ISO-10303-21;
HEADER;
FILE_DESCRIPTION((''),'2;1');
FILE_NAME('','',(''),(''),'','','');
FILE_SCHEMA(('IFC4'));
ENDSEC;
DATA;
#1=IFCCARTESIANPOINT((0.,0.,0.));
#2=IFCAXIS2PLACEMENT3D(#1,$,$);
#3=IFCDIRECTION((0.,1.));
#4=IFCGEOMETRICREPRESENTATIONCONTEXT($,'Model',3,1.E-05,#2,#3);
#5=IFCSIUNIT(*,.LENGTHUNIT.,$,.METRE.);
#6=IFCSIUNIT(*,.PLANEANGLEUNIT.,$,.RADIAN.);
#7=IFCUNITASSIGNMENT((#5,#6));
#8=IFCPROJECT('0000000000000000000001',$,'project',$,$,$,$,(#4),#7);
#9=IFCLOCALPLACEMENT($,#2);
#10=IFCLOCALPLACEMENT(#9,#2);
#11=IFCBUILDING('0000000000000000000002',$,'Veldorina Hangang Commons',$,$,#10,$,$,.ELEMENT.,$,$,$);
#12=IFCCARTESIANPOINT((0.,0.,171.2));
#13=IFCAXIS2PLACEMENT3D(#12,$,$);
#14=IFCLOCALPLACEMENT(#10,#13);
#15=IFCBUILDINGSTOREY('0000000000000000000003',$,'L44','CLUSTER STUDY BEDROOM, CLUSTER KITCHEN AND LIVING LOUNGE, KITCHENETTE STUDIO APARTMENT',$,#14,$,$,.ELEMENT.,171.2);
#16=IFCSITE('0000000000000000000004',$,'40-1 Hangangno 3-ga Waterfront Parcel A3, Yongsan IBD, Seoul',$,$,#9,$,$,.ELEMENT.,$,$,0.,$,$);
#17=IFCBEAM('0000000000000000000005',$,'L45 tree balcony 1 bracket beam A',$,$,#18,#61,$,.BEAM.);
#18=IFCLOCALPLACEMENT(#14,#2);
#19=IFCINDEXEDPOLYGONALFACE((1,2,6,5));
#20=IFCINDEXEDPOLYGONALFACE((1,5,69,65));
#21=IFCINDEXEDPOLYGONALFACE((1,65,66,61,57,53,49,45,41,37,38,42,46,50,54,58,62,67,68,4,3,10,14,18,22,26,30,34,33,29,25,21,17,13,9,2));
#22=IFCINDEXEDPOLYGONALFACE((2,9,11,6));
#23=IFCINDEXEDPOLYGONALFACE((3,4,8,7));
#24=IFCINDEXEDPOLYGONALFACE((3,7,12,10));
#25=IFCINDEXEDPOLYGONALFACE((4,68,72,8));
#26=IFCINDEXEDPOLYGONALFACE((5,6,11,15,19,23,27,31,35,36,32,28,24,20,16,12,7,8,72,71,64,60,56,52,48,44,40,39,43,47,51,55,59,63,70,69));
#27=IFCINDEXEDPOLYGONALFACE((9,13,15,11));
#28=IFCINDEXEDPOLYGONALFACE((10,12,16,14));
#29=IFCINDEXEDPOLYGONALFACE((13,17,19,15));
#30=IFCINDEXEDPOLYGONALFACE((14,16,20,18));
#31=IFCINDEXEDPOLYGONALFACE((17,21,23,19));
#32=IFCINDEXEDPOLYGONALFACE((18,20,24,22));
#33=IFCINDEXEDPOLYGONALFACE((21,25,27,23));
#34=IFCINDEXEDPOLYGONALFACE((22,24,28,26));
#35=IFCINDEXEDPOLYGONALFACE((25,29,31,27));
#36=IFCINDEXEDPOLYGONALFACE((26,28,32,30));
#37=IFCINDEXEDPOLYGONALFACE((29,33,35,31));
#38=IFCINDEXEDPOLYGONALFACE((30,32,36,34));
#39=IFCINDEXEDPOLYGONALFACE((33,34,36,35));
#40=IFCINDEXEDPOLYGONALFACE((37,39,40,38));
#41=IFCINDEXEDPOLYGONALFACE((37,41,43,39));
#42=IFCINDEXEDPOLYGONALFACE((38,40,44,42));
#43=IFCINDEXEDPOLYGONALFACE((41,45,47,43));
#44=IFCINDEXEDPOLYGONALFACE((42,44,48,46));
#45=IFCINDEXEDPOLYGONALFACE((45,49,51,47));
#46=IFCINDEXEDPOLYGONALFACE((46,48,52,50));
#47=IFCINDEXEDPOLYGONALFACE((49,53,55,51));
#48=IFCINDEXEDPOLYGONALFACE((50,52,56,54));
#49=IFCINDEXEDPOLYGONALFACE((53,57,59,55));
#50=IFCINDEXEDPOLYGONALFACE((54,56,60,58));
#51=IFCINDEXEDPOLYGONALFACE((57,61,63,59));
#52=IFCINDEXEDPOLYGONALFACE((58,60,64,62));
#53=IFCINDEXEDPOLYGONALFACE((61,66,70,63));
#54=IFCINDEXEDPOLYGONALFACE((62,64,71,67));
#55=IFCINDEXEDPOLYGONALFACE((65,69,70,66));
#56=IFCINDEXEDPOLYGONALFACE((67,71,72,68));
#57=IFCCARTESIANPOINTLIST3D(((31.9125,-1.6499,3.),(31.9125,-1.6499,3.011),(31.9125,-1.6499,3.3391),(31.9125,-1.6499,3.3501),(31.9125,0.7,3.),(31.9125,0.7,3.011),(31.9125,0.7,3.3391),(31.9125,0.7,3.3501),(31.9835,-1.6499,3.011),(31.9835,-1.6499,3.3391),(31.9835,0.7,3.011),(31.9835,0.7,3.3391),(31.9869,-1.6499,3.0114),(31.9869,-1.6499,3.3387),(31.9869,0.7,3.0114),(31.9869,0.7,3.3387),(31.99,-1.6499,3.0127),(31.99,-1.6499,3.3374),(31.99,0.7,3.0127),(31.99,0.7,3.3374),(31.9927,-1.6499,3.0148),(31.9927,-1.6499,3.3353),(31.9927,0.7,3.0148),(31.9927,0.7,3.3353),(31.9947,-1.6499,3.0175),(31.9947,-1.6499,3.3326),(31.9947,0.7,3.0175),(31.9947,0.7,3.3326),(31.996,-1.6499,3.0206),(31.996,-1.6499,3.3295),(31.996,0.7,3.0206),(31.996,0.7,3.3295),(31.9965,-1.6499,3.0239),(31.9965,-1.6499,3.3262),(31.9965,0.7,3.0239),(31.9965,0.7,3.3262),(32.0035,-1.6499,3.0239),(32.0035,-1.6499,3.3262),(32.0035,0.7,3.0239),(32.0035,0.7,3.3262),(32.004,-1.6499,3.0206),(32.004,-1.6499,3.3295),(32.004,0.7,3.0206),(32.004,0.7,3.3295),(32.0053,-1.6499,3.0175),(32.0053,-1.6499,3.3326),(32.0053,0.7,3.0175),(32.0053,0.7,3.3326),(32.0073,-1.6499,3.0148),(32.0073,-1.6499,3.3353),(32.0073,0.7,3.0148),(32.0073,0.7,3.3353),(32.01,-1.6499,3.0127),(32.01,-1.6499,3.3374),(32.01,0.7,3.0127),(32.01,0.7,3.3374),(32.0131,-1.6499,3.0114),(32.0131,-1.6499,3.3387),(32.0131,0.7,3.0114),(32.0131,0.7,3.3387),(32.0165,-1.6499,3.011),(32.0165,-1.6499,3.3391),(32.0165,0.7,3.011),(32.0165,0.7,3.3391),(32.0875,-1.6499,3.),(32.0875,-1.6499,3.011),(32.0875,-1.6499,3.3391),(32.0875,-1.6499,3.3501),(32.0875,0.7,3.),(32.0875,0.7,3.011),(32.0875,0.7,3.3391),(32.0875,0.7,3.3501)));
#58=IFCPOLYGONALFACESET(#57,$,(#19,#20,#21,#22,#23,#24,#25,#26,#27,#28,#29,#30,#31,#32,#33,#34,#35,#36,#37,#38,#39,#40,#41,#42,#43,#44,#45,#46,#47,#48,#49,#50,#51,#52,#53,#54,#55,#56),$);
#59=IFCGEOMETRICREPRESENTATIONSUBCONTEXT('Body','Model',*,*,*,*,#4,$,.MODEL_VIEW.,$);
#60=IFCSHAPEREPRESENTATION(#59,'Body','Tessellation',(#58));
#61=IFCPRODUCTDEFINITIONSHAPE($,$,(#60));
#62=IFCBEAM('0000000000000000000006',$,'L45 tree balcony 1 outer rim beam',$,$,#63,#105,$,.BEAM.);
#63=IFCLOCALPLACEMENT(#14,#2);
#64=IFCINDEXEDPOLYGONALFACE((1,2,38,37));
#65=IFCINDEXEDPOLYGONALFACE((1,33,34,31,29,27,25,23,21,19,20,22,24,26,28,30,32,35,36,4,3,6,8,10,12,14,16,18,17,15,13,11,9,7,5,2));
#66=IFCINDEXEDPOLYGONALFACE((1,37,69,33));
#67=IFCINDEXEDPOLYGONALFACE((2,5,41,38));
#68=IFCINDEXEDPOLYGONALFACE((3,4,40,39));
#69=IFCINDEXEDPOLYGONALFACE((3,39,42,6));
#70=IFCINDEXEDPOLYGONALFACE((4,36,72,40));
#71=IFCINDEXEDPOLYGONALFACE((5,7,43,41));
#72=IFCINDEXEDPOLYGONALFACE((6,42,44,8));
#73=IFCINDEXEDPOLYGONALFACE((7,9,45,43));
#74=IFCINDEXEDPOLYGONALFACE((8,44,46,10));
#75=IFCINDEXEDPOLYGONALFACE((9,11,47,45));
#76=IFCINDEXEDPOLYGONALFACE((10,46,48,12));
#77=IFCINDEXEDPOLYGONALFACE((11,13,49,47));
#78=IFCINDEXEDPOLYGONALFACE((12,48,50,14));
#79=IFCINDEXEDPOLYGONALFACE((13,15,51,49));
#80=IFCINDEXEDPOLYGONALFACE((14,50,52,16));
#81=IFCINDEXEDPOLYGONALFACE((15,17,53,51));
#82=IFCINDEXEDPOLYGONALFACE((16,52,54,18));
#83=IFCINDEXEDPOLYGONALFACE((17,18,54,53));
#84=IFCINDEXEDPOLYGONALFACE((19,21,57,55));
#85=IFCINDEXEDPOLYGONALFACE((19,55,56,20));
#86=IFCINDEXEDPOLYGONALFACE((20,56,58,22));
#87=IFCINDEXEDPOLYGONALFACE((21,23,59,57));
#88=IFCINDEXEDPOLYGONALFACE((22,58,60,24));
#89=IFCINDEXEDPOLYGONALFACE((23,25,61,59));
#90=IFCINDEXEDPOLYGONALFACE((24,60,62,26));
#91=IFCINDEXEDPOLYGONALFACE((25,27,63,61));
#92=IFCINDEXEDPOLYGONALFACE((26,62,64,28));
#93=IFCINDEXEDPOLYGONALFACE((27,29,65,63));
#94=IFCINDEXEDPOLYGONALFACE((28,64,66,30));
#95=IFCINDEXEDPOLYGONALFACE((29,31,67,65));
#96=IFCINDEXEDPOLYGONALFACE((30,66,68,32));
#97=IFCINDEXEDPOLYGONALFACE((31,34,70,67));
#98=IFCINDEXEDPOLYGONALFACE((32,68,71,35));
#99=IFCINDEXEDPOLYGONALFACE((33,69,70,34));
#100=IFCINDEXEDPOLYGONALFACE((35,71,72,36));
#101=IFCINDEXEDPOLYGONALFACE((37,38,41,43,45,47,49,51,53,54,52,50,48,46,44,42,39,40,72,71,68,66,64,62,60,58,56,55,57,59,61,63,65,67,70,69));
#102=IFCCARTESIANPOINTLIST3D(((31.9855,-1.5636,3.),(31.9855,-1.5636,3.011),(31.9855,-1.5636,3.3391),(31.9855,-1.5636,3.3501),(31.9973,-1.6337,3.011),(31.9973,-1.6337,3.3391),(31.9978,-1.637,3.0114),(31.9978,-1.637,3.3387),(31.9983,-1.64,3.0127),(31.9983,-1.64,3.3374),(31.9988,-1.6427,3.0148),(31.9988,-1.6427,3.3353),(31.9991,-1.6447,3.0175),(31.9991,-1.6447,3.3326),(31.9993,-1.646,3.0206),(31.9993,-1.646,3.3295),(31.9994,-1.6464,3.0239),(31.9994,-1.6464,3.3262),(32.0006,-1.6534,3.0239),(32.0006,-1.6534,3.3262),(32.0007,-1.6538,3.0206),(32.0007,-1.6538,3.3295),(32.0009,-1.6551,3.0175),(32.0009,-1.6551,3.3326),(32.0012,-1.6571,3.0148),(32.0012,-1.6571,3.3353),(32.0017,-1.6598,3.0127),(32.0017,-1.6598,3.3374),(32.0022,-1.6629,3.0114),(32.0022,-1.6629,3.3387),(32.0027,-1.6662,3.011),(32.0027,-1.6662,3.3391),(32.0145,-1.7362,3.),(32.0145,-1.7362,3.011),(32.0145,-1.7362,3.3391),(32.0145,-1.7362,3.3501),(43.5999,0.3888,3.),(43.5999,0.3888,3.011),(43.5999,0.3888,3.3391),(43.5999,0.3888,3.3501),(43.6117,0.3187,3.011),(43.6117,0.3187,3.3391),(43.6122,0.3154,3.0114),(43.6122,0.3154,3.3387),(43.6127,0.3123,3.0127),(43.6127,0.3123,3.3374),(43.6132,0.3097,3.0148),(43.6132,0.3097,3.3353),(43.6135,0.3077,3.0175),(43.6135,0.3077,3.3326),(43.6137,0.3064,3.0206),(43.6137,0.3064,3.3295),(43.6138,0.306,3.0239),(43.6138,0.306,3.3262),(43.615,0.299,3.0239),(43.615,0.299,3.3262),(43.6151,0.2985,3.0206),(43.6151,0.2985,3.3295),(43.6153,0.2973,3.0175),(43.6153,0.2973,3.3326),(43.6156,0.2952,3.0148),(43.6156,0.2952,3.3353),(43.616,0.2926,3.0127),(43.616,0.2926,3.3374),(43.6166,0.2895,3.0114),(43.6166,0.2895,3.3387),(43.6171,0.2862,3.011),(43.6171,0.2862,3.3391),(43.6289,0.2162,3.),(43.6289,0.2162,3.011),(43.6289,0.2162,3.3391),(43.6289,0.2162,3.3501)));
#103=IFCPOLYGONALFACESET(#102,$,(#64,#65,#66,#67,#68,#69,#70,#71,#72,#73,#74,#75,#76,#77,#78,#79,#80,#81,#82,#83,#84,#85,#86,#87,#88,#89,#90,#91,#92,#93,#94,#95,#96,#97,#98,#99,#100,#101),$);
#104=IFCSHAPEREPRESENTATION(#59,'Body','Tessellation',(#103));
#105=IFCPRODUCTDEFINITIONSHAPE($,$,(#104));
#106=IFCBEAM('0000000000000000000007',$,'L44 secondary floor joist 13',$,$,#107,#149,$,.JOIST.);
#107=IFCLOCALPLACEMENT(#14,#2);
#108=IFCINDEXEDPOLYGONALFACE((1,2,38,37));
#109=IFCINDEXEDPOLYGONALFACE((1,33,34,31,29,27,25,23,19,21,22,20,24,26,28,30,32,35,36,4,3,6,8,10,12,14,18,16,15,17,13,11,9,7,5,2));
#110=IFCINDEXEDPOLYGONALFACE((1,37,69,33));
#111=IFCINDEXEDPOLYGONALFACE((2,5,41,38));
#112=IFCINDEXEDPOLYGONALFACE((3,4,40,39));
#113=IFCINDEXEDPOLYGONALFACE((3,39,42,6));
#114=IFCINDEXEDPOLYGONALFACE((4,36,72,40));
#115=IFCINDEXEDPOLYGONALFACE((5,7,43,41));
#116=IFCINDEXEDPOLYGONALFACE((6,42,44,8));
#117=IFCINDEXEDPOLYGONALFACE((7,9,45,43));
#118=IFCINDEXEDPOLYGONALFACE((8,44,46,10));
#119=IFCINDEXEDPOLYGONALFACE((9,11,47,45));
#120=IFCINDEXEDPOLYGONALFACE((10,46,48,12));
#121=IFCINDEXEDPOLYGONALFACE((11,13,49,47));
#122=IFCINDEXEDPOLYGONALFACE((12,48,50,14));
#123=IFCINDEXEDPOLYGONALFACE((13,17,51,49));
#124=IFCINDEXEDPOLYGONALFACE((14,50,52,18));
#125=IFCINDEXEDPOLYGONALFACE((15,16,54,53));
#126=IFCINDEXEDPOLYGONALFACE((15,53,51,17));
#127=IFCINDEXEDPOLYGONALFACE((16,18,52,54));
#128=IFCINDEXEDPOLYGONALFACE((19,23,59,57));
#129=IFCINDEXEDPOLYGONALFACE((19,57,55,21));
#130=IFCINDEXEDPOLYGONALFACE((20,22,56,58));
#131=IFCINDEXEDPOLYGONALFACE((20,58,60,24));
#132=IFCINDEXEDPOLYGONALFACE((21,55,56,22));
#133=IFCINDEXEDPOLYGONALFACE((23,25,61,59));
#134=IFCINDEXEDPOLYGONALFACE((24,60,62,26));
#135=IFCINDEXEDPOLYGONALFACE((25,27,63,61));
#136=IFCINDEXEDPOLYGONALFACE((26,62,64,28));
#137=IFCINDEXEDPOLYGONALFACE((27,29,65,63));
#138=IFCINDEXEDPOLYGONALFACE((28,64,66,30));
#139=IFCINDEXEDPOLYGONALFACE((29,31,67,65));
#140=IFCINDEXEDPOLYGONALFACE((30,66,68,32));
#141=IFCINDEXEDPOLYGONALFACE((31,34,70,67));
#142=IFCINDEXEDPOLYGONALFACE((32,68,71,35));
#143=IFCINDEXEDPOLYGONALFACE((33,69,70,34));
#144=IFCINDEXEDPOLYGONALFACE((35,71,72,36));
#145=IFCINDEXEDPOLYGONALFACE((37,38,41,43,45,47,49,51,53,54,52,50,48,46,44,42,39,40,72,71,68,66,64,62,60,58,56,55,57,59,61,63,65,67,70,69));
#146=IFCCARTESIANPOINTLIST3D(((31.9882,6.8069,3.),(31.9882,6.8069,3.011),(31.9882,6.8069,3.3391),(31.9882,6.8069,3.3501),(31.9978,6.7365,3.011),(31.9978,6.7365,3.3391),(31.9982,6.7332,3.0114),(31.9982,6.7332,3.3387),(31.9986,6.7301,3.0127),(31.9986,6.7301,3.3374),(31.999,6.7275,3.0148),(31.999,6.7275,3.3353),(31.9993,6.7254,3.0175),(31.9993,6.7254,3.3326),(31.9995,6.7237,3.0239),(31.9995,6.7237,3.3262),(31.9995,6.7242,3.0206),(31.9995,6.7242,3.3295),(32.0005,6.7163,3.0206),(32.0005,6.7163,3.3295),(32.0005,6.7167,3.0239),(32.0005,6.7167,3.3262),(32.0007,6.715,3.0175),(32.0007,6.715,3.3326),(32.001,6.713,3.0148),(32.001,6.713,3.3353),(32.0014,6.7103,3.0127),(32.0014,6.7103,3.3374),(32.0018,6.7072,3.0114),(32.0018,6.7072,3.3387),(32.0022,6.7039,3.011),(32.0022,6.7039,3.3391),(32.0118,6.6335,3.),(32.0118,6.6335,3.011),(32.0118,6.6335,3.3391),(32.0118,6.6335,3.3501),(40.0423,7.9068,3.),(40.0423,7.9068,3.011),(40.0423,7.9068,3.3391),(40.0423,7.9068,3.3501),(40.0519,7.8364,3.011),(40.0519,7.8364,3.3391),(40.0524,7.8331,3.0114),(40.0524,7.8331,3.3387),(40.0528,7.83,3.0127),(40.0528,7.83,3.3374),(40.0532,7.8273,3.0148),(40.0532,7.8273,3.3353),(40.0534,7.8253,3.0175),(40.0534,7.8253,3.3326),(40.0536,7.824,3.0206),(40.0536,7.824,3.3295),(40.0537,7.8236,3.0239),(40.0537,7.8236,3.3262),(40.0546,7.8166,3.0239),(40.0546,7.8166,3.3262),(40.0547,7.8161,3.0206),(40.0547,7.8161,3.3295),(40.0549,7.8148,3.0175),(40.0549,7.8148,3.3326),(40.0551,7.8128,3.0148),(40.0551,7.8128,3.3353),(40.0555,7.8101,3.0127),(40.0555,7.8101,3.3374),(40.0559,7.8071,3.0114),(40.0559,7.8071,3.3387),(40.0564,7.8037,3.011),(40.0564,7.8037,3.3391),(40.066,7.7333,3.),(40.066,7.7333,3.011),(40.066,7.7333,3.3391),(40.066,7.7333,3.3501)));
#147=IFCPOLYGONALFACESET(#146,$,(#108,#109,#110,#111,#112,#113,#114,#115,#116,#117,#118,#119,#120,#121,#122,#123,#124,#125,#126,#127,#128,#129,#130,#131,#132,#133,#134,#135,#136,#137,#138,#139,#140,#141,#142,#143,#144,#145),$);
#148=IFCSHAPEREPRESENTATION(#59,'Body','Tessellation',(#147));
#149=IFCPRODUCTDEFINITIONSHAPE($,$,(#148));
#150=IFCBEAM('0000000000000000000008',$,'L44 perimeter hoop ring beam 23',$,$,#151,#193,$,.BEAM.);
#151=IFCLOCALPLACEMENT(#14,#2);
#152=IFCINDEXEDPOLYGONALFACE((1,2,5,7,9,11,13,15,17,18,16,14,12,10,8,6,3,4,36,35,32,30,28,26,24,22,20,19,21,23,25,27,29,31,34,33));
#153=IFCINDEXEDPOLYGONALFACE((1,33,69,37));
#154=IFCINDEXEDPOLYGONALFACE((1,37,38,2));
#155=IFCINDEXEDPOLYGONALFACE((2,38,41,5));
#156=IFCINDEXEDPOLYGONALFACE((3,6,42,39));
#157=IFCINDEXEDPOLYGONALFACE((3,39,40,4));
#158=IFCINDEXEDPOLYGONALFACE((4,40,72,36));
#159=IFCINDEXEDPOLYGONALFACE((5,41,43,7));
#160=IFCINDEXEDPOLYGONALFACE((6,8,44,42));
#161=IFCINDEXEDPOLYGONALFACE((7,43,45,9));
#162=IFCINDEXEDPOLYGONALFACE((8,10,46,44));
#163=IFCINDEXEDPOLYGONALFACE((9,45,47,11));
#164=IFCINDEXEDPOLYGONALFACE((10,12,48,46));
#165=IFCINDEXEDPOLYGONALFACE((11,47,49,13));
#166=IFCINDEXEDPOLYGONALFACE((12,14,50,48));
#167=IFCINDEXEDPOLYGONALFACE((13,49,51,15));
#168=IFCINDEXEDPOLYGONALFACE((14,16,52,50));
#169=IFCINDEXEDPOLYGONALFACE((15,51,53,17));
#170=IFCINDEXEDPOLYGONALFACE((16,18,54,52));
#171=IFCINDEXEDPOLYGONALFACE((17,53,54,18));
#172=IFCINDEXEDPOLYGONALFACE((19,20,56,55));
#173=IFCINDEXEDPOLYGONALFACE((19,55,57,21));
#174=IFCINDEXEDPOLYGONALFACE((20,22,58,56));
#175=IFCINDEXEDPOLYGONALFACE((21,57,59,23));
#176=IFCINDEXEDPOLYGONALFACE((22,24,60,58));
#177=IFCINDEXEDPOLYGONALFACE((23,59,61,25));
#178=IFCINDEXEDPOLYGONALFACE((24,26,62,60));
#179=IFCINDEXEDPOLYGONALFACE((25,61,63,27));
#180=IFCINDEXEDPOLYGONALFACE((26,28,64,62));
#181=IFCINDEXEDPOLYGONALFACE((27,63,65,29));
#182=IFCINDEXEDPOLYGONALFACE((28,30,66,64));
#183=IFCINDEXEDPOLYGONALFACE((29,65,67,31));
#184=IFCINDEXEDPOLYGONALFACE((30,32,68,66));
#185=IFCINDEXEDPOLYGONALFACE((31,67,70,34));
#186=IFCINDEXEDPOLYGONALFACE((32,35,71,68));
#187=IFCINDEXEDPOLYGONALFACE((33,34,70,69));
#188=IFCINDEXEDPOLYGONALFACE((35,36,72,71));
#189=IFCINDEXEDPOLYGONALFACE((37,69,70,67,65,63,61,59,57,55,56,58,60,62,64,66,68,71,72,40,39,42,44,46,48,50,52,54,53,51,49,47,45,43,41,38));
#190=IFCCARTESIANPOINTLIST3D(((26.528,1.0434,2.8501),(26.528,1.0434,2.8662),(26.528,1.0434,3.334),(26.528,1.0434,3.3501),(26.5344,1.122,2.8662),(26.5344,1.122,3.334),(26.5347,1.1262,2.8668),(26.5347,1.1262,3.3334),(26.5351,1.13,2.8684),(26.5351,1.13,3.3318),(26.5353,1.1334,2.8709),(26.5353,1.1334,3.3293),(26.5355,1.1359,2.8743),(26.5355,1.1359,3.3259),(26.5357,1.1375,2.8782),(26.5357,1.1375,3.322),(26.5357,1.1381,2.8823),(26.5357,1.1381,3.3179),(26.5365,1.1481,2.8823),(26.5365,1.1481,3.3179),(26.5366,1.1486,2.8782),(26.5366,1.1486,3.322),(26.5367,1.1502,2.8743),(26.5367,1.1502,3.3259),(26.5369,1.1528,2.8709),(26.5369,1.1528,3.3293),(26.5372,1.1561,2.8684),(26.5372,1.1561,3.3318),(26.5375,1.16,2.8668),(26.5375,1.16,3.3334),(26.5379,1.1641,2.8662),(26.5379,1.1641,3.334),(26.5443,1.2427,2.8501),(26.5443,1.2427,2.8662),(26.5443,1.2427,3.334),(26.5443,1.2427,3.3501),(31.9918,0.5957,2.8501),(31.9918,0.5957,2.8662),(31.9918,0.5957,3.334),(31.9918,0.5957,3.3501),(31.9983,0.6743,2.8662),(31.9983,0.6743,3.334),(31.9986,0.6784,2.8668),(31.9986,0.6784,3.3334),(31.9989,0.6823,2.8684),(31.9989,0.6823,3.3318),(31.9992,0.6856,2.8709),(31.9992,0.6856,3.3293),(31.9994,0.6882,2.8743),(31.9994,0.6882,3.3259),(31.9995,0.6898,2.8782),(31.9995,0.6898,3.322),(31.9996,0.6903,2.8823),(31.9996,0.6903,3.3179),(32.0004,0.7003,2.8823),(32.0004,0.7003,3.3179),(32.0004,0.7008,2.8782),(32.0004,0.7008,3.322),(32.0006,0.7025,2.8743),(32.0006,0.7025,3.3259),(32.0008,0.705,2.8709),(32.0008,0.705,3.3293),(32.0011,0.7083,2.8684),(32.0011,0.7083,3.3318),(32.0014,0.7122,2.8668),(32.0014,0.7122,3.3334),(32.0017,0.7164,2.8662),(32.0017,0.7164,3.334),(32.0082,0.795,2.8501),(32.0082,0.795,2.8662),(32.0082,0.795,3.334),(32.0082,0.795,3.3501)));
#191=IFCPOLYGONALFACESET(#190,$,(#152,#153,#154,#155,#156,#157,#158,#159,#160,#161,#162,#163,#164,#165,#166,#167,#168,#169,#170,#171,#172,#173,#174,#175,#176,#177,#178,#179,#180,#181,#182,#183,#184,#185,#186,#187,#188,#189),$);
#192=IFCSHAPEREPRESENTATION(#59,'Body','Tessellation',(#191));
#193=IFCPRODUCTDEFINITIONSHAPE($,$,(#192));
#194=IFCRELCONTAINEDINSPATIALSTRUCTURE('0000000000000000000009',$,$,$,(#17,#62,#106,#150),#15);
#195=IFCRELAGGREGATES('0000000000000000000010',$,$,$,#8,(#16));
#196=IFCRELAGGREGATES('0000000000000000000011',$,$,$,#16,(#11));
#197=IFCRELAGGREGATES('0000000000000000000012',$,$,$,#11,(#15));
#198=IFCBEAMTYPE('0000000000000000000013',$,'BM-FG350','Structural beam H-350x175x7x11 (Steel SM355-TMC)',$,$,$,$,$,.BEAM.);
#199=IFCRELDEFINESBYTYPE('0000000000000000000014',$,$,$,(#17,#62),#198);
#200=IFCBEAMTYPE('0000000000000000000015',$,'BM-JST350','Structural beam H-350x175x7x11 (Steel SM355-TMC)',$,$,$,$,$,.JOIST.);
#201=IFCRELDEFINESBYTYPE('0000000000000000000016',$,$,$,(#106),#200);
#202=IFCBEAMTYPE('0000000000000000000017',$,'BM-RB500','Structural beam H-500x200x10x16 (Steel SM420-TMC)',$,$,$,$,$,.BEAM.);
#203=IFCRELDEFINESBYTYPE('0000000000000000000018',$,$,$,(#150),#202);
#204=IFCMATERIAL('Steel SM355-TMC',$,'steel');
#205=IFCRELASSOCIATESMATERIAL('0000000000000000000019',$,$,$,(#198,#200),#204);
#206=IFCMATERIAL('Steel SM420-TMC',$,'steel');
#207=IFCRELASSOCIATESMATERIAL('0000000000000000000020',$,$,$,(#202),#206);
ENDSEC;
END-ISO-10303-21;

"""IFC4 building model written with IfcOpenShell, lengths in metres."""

from ifc_helpers import new_model, si_unit, direction, frame, origin, origin_2d, place, context, subcontext, project, spatial, i_section, extrude, material, material_profile, profile_set, type_object, element, save


model = new_model("IFC4")

# Units and contexts
model_context = context("Model", 3, precision=1e-05, world=origin(), true_north=direction((0.0, 1.0)))
body_context = subcontext(model_context, "Body", "Model", "MODEL_VIEW")
ifc_project = project(units=[si_unit("LENGTHUNIT", "METRE"), si_unit("PLANEANGLEUNIT", "RADIAN")], contexts=[model_context])

# Site, building, storey
site_placement = place(None, origin())
site = spatial("IfcSite", under=ifc_project, at=site_placement, Name="40-1 Hangangno 3-ga Waterfront Parcel A3, Yongsan IBD, Seoul", CompositionType="ELEMENT", RefElevation=0.0)
building_placement = place(site_placement, origin())
building = spatial("IfcBuilding", under=site, at=building_placement, Name="Veldorina Hangang Commons", CompositionType="ELEMENT")
storey_placement = place(building_placement, frame((0.0, 0.0, 171.2)))
storey = spatial("IfcBuildingStorey", under=building, at=storey_placement, Name="L44", Description="CLUSTER STUDY BEDROOM, CLUSTER KITCHEN AND LIVING LOUNGE, KITCHENETTE STUDIO APARTMENT", CompositionType="ELEMENT", Elevation=171.2)

# Beams
ifc_material_1 = material(Name="Steel SM355-TMC", Category="steel")
ifc_material_profile_1 = material_profile(ifc_material_1, i_section(OverallWidth=0.175, OverallDepth=0.3501, WebThickness=0.0071, FlangeThickness=0.011, FilletRadius=0.0129, at=origin_2d()), Name="H-350x175x7x11")
ifc_profile_set_1 = profile_set([ifc_material_profile_1], Name="Steel SM355-TMC")
beam_type_1 = type_object("IfcBeamType", Name="BM-FG350", Description="Structural beam H-350x175x7x11 (Steel SM355-TMC)", PredefinedType="BEAM", material=ifc_profile_set_1)
beam_1_placement = place(storey_placement, frame((32.0, 0.7, 3.175), z_axis=(0.0, -1.0, 0.0), x_axis=(1.0, 0.0, 0.0)))
element("IfcBeam", 1, at=beam_1_placement, inside=storey, type_object=beam_type_1, Name="L45 tree balcony 1 bracket beam A", PredefinedType="BEAM", context=body_context, shape_type="SweptSolid", body=[
    extrude(i_section(OverallWidth=0.175, OverallDepth=0.3501, WebThickness=0.0071, FlangeThickness=0.011, FilletRadius=0.0129, at=origin_2d()), origin(), (0.0, 0.0, 1.0), 2.3499),
])
beam_2_placement = place(storey_placement, frame((32.0, -1.6499, 3.175), z_axis=(0.986164, 0.165774, 0.0), x_axis=(-0.165774, 0.986164, 0.0)))
element("IfcBeam", 2, at=beam_2_placement, inside=storey, type_object=beam_type_1, Name="L45 tree balcony 1 outer rim beam", PredefinedType="BEAM", context=body_context, shape_type="SweptSolid", body=[
    extrude(i_section(OverallWidth=0.175, OverallDepth=0.3501, WebThickness=0.0071, FlangeThickness=0.011, FilletRadius=0.0129, at=origin_2d()), origin(), (0.0, 0.0, 1.0), 11.7773),
])
ifc_material_profile_2 = material_profile(ifc_material_1, i_section(OverallWidth=0.175, OverallDepth=0.3501, WebThickness=0.0071, FlangeThickness=0.011, FilletRadius=0.0129, at=origin_2d()), Name="H-350x175x7x11")
ifc_profile_set_2 = profile_set([ifc_material_profile_2], Name="Steel SM355-TMC")
beam_type_2 = type_object("IfcBeamType", Name="BM-JST350", Description="Structural beam H-350x175x7x11 (Steel SM355-TMC)", PredefinedType="JOIST", material=ifc_profile_set_2)
beam_3_placement = place(storey_placement, frame((32.0, 6.7202, 3.175), z_axis=(0.990805, 0.135301, 0.0), x_axis=(-0.135301, 0.990805, 0.0)))
element("IfcBeam", 3, at=beam_3_placement, inside=storey, type_object=beam_type_2, Name="L44 secondary floor joist 13", PredefinedType="JOIST", context=body_context, shape_type="SweptSolid", body=[
    extrude(i_section(OverallWidth=0.175, OverallDepth=0.3501, WebThickness=0.0071, FlangeThickness=0.011, FilletRadius=0.0129, at=origin_2d()), origin(), (0.0, 0.0, 1.0), 8.1289),
])
ifc_material_2 = material(Name="Steel SM420-TMC", Category="steel")
ifc_material_profile_3 = material_profile(ifc_material_2, i_section(OverallWidth=0.2, OverallDepth=0.5, WebThickness=0.01, FlangeThickness=0.0161, FilletRadius=0.0161, at=origin_2d()), Name="H-500x200x10x16")
ifc_profile_set_3 = profile_set([ifc_material_profile_3], Name="Steel SM420-TMC")
beam_type_3 = type_object("IfcBeamType", Name="BM-RB500", Description="Structural beam H-500x200x10x16 (Steel SM420-TMC)", PredefinedType="BEAM", material=ifc_profile_set_3)
for number, where, z_axis, x_axis, name in (
    (4, (26.5361, 1.1431, 3.1001), (0.996659, -0.081674, 0.0), (0.081674, 0.996659, 0.0), "L44 perimeter hoop ring beam 23"),
):
    element("IfcBeam", number, at=place(storey_placement, frame(where, z_axis=z_axis, x_axis=x_axis)), inside=storey, type_object=beam_type_3, Name=name, PredefinedType="BEAM", context=body_context, shape_type="SweptSolid", body=[
        extrude(i_section(OverallWidth=0.2, OverallDepth=0.5, WebThickness=0.01, FlangeThickness=0.0161, FilletRadius=0.0161, at=origin_2d()), origin(), (0.0, 0.0, 1.0), 5.4822),
    ])

save(model, "model.ifc")
